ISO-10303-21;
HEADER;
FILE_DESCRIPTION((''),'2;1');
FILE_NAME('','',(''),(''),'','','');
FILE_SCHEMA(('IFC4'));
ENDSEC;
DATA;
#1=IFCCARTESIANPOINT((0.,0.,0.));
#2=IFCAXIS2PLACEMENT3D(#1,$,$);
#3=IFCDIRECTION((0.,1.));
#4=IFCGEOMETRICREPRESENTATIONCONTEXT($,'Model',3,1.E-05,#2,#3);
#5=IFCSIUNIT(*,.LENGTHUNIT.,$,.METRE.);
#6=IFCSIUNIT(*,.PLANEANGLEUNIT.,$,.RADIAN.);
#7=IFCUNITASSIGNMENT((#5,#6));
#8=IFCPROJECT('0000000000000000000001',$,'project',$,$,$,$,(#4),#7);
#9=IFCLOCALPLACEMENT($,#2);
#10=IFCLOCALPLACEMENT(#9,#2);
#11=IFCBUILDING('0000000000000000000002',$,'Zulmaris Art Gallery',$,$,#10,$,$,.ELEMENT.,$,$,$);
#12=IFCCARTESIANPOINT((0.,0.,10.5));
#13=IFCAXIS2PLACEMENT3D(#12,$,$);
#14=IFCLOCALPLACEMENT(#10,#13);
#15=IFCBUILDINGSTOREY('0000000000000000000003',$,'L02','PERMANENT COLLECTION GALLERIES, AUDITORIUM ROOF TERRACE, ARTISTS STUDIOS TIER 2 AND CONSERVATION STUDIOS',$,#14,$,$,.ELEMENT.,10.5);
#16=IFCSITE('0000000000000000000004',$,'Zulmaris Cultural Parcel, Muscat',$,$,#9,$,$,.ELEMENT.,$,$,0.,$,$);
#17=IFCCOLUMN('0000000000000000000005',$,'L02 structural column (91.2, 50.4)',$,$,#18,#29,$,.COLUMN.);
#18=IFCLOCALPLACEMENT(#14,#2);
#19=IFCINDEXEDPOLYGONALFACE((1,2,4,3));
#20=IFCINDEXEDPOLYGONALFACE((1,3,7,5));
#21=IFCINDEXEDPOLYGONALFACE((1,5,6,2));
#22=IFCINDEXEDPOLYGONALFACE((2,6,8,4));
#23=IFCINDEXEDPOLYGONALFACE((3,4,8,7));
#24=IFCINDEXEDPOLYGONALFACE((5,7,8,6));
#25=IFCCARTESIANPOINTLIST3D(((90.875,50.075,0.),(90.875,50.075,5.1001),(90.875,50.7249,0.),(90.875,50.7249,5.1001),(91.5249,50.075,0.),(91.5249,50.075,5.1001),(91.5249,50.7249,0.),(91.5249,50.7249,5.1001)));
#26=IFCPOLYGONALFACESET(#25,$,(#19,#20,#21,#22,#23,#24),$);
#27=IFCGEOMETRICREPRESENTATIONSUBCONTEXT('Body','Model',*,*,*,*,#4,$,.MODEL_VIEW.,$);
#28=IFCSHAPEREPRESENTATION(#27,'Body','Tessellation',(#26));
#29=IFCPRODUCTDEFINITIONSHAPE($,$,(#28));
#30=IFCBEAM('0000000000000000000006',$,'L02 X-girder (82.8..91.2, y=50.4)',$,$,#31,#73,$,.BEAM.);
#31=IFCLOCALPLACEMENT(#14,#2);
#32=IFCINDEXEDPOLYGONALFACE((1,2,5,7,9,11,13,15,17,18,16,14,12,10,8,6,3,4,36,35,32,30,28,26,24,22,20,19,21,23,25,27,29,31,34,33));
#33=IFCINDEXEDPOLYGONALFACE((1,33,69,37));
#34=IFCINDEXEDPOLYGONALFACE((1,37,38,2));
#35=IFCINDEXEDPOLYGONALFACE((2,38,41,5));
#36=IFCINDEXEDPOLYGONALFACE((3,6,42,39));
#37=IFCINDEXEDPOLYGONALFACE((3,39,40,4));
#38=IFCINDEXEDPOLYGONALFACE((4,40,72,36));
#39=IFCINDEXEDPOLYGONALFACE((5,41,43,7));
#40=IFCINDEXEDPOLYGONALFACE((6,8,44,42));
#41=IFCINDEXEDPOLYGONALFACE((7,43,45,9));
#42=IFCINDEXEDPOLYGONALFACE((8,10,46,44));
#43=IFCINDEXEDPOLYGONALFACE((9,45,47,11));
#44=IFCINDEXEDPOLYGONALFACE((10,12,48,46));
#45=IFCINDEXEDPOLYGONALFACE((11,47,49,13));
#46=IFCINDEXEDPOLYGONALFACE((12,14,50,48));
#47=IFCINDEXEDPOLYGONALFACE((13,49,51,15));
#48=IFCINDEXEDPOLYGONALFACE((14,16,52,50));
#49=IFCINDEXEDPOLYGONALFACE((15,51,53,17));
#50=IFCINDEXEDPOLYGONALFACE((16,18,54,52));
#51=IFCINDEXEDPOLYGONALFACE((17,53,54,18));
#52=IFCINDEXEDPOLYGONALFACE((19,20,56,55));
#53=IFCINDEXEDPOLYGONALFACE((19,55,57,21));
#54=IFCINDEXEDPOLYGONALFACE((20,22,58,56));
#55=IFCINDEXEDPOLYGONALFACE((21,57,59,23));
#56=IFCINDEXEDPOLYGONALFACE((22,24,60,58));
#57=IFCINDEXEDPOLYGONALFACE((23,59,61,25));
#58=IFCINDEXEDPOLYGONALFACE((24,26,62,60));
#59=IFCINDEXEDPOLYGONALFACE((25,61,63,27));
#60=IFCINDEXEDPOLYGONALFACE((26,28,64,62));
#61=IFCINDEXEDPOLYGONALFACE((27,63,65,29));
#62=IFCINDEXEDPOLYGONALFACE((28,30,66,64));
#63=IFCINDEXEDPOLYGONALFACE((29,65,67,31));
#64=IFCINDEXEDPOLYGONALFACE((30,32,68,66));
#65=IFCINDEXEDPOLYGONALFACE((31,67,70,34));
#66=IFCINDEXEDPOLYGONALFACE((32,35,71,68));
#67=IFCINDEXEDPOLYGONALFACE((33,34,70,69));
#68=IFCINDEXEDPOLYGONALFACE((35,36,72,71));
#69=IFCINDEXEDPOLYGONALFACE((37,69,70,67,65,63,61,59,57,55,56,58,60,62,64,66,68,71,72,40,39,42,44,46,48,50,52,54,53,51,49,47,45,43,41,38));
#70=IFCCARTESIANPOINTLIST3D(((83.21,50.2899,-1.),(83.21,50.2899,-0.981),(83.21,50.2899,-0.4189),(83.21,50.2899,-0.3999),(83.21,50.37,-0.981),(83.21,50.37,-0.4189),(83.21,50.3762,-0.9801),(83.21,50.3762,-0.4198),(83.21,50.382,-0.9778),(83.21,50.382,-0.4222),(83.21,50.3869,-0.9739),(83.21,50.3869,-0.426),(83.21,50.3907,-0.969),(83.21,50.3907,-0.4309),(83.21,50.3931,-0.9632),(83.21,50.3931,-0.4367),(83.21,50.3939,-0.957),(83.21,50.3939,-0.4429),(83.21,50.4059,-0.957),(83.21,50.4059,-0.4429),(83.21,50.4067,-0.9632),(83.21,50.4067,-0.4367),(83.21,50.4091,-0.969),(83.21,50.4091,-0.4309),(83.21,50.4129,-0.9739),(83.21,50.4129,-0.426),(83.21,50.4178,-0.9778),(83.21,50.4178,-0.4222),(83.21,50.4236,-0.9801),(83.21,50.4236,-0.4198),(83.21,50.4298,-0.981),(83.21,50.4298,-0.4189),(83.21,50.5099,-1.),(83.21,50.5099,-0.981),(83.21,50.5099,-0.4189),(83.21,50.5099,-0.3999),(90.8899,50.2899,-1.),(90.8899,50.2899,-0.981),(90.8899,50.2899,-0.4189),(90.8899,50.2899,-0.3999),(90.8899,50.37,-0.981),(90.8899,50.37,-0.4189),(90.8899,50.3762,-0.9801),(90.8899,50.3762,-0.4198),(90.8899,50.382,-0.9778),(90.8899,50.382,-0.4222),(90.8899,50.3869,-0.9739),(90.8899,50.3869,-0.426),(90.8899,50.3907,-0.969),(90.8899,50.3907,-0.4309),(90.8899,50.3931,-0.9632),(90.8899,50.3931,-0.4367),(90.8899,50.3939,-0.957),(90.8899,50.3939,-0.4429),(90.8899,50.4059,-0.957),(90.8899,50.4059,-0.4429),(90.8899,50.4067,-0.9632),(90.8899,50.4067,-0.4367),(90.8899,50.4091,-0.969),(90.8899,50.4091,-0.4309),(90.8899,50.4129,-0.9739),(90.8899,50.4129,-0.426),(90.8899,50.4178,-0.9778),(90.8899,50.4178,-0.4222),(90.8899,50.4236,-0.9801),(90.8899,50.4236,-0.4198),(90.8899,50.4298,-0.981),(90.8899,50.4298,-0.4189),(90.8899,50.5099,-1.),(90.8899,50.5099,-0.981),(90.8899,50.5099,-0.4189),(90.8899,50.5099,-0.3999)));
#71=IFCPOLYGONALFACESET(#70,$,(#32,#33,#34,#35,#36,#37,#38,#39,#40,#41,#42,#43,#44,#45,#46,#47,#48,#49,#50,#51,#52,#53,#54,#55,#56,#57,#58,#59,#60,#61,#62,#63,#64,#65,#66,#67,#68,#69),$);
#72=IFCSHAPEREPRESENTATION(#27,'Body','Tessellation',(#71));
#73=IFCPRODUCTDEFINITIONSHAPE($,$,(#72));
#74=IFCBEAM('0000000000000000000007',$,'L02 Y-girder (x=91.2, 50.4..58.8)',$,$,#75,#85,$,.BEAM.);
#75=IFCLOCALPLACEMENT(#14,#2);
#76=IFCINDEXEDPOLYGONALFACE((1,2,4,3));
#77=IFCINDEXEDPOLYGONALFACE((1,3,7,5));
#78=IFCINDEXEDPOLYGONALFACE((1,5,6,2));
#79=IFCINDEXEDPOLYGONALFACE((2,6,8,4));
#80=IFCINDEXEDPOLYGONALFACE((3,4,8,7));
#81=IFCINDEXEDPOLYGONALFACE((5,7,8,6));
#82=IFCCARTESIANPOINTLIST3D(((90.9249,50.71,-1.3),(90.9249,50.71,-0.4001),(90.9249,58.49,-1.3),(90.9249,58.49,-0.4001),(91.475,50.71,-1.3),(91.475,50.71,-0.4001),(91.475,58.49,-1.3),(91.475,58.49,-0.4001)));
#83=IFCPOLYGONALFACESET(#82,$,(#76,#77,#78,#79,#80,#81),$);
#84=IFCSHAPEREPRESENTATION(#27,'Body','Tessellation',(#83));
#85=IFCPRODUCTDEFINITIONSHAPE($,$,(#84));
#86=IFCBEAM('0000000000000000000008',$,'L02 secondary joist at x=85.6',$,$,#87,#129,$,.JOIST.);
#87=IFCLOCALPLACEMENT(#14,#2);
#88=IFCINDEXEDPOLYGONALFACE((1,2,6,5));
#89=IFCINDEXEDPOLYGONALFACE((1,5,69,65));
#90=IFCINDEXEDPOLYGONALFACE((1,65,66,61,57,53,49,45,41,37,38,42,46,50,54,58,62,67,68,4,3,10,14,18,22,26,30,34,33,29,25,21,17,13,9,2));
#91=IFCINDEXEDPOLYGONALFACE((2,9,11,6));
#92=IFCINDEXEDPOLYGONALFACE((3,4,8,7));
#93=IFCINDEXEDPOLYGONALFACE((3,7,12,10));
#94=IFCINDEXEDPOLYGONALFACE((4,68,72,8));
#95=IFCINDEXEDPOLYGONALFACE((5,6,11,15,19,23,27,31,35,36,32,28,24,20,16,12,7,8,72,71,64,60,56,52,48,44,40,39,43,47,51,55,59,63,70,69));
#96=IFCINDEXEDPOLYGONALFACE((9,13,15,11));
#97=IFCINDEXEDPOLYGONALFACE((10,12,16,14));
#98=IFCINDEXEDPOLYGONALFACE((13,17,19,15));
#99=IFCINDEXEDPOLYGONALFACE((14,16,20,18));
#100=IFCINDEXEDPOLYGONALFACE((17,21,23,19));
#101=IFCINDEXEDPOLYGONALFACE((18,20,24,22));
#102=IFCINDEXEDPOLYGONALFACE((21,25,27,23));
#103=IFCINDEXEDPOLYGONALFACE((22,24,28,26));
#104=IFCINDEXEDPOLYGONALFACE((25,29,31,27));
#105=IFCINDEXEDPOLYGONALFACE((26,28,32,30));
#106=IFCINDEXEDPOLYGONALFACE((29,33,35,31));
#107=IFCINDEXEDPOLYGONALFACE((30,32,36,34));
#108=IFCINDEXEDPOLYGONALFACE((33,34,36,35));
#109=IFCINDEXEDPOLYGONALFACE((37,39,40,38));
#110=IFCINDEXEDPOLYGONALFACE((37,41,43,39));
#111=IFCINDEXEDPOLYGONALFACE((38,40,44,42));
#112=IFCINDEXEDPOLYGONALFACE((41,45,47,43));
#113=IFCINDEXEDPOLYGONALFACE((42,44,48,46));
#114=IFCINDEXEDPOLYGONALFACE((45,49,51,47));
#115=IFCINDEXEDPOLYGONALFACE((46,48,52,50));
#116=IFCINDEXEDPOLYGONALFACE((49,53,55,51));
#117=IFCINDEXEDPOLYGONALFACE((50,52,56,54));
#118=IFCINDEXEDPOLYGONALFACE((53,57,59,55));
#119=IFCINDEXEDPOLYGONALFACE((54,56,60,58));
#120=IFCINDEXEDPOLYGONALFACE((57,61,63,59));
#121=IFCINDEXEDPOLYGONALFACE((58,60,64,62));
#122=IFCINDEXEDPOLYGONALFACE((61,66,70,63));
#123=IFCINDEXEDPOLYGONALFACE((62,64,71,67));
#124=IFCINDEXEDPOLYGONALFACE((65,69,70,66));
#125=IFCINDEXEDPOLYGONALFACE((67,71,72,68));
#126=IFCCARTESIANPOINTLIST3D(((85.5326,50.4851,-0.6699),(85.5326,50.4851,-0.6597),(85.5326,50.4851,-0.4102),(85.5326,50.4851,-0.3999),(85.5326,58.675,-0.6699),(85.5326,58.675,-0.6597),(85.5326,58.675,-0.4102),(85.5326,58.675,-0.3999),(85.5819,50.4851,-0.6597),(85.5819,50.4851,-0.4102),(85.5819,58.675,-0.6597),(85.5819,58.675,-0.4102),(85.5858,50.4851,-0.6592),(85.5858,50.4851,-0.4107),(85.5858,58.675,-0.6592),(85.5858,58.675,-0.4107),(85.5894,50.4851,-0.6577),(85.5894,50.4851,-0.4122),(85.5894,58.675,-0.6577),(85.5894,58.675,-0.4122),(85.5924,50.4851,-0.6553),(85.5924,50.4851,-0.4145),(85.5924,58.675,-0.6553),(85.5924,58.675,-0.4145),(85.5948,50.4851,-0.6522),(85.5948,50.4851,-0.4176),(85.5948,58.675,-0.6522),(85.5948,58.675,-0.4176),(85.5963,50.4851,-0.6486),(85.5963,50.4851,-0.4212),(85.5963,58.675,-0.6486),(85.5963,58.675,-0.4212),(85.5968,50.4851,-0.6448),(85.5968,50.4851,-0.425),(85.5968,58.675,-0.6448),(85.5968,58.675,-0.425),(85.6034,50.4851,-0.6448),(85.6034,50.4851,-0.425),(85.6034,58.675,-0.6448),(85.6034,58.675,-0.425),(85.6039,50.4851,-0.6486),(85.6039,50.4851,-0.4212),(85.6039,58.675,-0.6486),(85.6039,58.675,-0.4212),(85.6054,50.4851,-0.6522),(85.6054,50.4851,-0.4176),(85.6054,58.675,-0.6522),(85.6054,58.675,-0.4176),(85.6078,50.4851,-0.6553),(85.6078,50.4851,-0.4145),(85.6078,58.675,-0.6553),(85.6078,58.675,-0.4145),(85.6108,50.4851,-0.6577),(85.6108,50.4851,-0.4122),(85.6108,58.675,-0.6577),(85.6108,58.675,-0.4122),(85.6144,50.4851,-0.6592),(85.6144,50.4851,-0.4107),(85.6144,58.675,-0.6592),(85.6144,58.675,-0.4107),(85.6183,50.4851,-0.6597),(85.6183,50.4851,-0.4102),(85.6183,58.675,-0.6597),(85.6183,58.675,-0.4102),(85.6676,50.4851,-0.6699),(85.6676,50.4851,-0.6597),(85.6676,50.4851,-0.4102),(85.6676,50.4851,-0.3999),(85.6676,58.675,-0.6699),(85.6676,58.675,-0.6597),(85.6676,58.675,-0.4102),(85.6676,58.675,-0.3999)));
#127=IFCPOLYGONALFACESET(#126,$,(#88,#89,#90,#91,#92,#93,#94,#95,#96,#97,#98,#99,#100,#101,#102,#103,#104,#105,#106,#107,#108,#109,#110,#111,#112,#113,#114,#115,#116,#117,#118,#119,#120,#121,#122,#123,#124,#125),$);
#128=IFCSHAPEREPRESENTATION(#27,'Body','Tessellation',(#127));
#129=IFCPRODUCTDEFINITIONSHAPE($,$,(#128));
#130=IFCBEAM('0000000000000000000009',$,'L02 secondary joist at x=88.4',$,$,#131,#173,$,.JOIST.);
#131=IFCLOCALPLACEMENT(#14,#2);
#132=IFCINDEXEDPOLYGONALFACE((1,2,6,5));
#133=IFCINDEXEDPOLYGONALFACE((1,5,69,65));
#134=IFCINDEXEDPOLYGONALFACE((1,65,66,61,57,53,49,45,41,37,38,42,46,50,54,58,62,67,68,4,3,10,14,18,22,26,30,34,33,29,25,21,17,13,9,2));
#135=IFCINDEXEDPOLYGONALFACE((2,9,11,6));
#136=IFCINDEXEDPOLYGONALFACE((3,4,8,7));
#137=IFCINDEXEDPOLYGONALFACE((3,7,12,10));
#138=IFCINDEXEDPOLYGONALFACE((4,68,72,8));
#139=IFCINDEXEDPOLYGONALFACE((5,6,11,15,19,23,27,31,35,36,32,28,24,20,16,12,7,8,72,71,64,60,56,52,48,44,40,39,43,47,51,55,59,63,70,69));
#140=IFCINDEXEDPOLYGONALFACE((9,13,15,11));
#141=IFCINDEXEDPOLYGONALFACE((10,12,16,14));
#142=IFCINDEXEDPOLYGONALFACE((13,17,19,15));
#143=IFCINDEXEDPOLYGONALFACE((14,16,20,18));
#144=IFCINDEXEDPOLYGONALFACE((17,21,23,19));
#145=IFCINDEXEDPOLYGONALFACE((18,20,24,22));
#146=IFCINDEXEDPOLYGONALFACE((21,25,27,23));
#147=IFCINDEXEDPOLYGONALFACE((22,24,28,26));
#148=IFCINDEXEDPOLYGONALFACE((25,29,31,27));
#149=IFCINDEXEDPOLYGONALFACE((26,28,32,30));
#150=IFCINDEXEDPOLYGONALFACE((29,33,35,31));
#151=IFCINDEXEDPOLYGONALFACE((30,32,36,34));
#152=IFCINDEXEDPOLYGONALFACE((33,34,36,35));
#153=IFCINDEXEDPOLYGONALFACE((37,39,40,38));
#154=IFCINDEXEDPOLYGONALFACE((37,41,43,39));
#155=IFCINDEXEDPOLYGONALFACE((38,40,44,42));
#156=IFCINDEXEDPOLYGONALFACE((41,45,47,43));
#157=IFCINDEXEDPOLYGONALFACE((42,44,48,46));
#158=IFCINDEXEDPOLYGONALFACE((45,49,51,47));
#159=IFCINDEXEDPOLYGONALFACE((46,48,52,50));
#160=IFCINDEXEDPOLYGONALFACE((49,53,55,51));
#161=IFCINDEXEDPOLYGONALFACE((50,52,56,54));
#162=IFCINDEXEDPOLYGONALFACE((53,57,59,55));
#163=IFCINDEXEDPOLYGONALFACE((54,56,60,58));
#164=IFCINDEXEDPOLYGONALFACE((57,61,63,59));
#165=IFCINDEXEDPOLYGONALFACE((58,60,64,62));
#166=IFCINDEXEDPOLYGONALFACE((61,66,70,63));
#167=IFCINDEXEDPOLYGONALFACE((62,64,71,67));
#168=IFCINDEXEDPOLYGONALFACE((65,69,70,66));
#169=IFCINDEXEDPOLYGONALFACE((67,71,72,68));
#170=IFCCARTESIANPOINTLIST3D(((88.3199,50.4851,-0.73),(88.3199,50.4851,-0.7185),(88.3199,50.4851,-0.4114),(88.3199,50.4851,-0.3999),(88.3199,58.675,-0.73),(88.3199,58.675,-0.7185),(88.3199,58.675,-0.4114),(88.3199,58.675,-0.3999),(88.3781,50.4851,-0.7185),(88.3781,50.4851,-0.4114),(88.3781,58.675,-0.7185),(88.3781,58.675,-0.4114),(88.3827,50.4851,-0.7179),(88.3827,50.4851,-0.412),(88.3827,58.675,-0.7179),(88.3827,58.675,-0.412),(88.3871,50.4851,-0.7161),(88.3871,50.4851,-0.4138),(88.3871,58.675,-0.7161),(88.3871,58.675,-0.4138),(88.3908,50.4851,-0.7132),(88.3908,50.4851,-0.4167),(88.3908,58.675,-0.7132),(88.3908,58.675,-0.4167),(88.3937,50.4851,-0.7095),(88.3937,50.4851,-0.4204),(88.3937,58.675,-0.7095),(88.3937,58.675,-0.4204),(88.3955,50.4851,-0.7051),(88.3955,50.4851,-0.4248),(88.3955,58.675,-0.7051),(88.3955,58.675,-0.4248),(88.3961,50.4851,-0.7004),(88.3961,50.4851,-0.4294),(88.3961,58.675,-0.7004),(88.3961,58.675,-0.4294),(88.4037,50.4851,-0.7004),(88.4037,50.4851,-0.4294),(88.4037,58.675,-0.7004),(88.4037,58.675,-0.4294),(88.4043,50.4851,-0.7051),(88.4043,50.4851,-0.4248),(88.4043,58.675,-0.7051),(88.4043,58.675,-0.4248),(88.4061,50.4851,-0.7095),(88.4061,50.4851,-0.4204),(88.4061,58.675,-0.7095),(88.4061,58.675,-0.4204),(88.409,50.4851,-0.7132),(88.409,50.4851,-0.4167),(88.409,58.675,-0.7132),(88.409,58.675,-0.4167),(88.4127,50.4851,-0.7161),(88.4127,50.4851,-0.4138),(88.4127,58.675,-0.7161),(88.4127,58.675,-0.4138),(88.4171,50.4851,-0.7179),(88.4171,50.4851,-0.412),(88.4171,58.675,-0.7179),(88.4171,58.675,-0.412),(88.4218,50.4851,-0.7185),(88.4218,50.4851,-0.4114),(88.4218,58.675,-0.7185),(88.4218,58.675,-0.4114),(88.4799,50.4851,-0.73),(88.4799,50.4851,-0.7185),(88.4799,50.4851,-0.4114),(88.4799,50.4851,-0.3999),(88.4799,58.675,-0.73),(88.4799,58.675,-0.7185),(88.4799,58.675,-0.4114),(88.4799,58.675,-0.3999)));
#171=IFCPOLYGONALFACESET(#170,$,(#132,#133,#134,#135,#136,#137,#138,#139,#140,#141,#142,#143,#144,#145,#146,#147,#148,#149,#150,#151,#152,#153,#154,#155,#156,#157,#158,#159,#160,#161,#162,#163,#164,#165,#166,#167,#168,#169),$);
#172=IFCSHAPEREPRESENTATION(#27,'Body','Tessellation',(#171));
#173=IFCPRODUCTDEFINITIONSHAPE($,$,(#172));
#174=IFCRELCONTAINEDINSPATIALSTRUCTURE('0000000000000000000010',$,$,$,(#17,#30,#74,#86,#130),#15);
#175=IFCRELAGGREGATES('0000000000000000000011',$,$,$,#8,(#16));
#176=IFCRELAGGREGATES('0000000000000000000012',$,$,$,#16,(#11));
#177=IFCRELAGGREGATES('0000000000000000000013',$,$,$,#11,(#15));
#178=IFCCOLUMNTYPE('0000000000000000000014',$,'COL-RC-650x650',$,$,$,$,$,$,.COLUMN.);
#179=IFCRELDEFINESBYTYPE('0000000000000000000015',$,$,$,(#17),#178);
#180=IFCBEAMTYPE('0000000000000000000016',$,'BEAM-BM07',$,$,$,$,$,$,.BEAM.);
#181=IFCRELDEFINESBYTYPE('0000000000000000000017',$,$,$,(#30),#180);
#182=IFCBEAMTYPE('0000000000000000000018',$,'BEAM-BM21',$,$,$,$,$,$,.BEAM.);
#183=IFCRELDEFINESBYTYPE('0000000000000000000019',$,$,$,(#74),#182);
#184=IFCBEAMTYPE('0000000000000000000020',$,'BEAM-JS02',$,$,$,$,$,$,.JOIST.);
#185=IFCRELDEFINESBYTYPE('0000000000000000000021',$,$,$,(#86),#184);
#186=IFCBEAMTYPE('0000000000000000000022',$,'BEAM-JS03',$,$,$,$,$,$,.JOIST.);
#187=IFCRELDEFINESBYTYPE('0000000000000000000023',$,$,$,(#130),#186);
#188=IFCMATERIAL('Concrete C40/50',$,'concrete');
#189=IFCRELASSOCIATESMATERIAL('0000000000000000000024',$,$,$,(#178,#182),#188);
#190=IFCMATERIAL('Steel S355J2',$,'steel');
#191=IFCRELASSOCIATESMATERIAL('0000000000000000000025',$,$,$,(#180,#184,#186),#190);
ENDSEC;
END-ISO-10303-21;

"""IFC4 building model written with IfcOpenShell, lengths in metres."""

from ifc_helpers import new_model, si_unit, direction, frame, origin, origin_2d, place, context, subcontext, project, spatial, rectangle, i_section, extrude, material, material_profile, profile_set, type_object, element, save


model = new_model("IFC4")

# Units and contexts
model_context = context("Model", 3, precision=1e-05, world=origin(), true_north=direction((0.0, 1.0)))
body_context = subcontext(model_context, "Body", "Model", "MODEL_VIEW")
ifc_project = project(units=[si_unit("LENGTHUNIT", "METRE"), si_unit("PLANEANGLEUNIT", "RADIAN")], contexts=[model_context])

# Site, building, storey
site_placement = place(None, origin())
site = spatial("IfcSite", under=ifc_project, at=site_placement, Name="Zulmaris Cultural Parcel, Muscat", CompositionType="ELEMENT", RefElevation=0.0)
building_placement = place(site_placement, origin())
building = spatial("IfcBuilding", under=site, at=building_placement, Name="Zulmaris Art Gallery", CompositionType="ELEMENT")
storey_placement = place(building_placement, frame((0.0, 0.0, 10.5)))
storey = spatial("IfcBuildingStorey", under=building, at=storey_placement, Name="L02", Description="PERMANENT COLLECTION GALLERIES, AUDITORIUM ROOF TERRACE, ARTISTS STUDIOS TIER 2 AND CONSERVATION STUDIOS", CompositionType="ELEMENT", Elevation=10.5)

# Column
ifc_material_1 = material(Name="Concrete C40/50", Category="concrete")
ifc_material_profile_1 = material_profile(ifc_material_1, rectangle(XDim=0.6499, YDim=0.6499, at=origin_2d()), Name="RC 650x650")
ifc_profile_set_1 = profile_set([ifc_material_profile_1], Name="Concrete C40/50")
column_type = type_object("IfcColumnType", Name="COL-RC-650x650", PredefinedType="COLUMN", material=ifc_profile_set_1)
column_placement = place(storey_placement, frame((91.2, 50.3999, 0.0), z_axis=(0.0, 0.0, 1.0), x_axis=(1.0, 0.0, 0.0)))
element("IfcColumn", 1, at=column_placement, inside=storey, type_object=column_type, Name="L02 structural column (91.2, 50.4)", PredefinedType="COLUMN", context=body_context, shape_type="SweptSolid", body=[
    extrude(rectangle(XDim=0.6499, YDim=0.6499, at=origin_2d()), origin(), (0.0, 0.0, 1.0), 5.1001),
])

# Beams
ifc_material_2 = material(Name="Steel S355J2", Category="steel")
ifc_material_profile_2 = material_profile(ifc_material_2, i_section(OverallWidth=0.22, OverallDepth=0.6001, WebThickness=0.012, FlangeThickness=0.019, FilletRadius=0.0239, at=origin_2d()), Name="IPE 600")
ifc_profile_set_2 = profile_set([ifc_material_profile_2], Name="Steel S355J2")
beam_type_1 = type_object("IfcBeamType", Name="BEAM-BM07", PredefinedType="BEAM", material=ifc_profile_set_2)
beam_1_placement = place(storey_placement, frame((83.21, 50.3999, -0.7), z_axis=(1.0, 0.0, 0.0), x_axis=(0.0, 1.0, 0.0)))
element("IfcBeam", 2, at=beam_1_placement, inside=storey, type_object=beam_type_1, Name="L02 X-girder (82.8..91.2, y=50.4)", PredefinedType="BEAM", context=body_context, shape_type="SweptSolid", body=[
    extrude(i_section(OverallWidth=0.22, OverallDepth=0.6001, WebThickness=0.012, FlangeThickness=0.019, FilletRadius=0.0239, at=origin_2d()), origin(), (0.0, 0.0, 1.0), 7.6799),
])
ifc_material_profile_3 = material_profile(ifc_material_1, rectangle(XDim=0.55, YDim=0.8999, at=origin_2d()), Name="RC 550x900")
ifc_profile_set_3 = profile_set([ifc_material_profile_3], Name="Concrete C40/50")
beam_type_2 = type_object("IfcBeamType", Name="BEAM-BM21", PredefinedType="BEAM", material=ifc_profile_set_3)
beam_2_placement = place(storey_placement, frame((91.2, 50.71, -0.8501), z_axis=(0.0, 1.0, 0.0), x_axis=(-1.0, 0.0, 0.0)))
element("IfcBeam", 3, at=beam_2_placement, inside=storey, type_object=beam_type_2, Name="L02 Y-girder (x=91.2, 50.4..58.8)", PredefinedType="BEAM", context=body_context, shape_type="SweptSolid", body=[
    extrude(rectangle(XDim=0.55, YDim=0.8999, at=origin_2d()), origin(), (0.0, 0.0, 1.0), 7.78),
])
ifc_material_profile_4 = material_profile(ifc_material_2, i_section(OverallWidth=0.135, OverallDepth=0.27, WebThickness=0.0066, FlangeThickness=0.0103, FilletRadius=0.0149, at=origin_2d()), Name="IPE 270")
ifc_profile_set_4 = profile_set([ifc_material_profile_4], Name="Steel S355J2")
beam_type_3 = type_object("IfcBeamType", Name="BEAM-JS02", PredefinedType="JOIST", material=ifc_profile_set_4)
beam_3_placement = place(storey_placement, frame((85.6001, 50.4851, -0.5349), z_axis=(0.0, 1.0, 0.0), x_axis=(-1.0, 0.0, 0.0)))
element("IfcBeam", 4, at=beam_3_placement, inside=storey, type_object=beam_type_3, Name="L02 secondary joist at x=85.6", PredefinedType="JOIST", context=body_context, shape_type="SweptSolid", body=[
    extrude(i_section(OverallWidth=0.135, OverallDepth=0.27, WebThickness=0.0066, FlangeThickness=0.0103, FilletRadius=0.0149, at=origin_2d()), origin(), (0.0, 0.0, 1.0), 8.1899),
])
ifc_material_profile_5 = material_profile(ifc_material_2, i_section(OverallWidth=0.1599, OverallDepth=0.3301, WebThickness=0.0076, FlangeThickness=0.0115, FilletRadius=0.0181, at=origin_2d()), Name="IPE 330")
ifc_profile_set_5 = profile_set([ifc_material_profile_5], Name="Steel S355J2")
beam_type_4 = type_object("IfcBeamType", Name="BEAM-JS03", PredefinedType="JOIST", material=ifc_profile_set_5)
beam_4_placement = place(storey_placement, frame((88.3999, 50.4851, -0.5649), z_axis=(0.0, 1.0, 0.0), x_axis=(-1.0, 0.0, 0.0)))
element("IfcBeam", 5, at=beam_4_placement, inside=storey, type_object=beam_type_4, Name="L02 secondary joist at x=88.4", PredefinedType="JOIST", context=body_context, shape_type="SweptSolid", body=[
    extrude(i_section(OverallWidth=0.1599, OverallDepth=0.3301, WebThickness=0.0076, FlangeThickness=0.0115, FilletRadius=0.0181, at=origin_2d()), origin(), (0.0, 0.0, 1.0), 8.1899),
])

save(model, "model.ifc")
